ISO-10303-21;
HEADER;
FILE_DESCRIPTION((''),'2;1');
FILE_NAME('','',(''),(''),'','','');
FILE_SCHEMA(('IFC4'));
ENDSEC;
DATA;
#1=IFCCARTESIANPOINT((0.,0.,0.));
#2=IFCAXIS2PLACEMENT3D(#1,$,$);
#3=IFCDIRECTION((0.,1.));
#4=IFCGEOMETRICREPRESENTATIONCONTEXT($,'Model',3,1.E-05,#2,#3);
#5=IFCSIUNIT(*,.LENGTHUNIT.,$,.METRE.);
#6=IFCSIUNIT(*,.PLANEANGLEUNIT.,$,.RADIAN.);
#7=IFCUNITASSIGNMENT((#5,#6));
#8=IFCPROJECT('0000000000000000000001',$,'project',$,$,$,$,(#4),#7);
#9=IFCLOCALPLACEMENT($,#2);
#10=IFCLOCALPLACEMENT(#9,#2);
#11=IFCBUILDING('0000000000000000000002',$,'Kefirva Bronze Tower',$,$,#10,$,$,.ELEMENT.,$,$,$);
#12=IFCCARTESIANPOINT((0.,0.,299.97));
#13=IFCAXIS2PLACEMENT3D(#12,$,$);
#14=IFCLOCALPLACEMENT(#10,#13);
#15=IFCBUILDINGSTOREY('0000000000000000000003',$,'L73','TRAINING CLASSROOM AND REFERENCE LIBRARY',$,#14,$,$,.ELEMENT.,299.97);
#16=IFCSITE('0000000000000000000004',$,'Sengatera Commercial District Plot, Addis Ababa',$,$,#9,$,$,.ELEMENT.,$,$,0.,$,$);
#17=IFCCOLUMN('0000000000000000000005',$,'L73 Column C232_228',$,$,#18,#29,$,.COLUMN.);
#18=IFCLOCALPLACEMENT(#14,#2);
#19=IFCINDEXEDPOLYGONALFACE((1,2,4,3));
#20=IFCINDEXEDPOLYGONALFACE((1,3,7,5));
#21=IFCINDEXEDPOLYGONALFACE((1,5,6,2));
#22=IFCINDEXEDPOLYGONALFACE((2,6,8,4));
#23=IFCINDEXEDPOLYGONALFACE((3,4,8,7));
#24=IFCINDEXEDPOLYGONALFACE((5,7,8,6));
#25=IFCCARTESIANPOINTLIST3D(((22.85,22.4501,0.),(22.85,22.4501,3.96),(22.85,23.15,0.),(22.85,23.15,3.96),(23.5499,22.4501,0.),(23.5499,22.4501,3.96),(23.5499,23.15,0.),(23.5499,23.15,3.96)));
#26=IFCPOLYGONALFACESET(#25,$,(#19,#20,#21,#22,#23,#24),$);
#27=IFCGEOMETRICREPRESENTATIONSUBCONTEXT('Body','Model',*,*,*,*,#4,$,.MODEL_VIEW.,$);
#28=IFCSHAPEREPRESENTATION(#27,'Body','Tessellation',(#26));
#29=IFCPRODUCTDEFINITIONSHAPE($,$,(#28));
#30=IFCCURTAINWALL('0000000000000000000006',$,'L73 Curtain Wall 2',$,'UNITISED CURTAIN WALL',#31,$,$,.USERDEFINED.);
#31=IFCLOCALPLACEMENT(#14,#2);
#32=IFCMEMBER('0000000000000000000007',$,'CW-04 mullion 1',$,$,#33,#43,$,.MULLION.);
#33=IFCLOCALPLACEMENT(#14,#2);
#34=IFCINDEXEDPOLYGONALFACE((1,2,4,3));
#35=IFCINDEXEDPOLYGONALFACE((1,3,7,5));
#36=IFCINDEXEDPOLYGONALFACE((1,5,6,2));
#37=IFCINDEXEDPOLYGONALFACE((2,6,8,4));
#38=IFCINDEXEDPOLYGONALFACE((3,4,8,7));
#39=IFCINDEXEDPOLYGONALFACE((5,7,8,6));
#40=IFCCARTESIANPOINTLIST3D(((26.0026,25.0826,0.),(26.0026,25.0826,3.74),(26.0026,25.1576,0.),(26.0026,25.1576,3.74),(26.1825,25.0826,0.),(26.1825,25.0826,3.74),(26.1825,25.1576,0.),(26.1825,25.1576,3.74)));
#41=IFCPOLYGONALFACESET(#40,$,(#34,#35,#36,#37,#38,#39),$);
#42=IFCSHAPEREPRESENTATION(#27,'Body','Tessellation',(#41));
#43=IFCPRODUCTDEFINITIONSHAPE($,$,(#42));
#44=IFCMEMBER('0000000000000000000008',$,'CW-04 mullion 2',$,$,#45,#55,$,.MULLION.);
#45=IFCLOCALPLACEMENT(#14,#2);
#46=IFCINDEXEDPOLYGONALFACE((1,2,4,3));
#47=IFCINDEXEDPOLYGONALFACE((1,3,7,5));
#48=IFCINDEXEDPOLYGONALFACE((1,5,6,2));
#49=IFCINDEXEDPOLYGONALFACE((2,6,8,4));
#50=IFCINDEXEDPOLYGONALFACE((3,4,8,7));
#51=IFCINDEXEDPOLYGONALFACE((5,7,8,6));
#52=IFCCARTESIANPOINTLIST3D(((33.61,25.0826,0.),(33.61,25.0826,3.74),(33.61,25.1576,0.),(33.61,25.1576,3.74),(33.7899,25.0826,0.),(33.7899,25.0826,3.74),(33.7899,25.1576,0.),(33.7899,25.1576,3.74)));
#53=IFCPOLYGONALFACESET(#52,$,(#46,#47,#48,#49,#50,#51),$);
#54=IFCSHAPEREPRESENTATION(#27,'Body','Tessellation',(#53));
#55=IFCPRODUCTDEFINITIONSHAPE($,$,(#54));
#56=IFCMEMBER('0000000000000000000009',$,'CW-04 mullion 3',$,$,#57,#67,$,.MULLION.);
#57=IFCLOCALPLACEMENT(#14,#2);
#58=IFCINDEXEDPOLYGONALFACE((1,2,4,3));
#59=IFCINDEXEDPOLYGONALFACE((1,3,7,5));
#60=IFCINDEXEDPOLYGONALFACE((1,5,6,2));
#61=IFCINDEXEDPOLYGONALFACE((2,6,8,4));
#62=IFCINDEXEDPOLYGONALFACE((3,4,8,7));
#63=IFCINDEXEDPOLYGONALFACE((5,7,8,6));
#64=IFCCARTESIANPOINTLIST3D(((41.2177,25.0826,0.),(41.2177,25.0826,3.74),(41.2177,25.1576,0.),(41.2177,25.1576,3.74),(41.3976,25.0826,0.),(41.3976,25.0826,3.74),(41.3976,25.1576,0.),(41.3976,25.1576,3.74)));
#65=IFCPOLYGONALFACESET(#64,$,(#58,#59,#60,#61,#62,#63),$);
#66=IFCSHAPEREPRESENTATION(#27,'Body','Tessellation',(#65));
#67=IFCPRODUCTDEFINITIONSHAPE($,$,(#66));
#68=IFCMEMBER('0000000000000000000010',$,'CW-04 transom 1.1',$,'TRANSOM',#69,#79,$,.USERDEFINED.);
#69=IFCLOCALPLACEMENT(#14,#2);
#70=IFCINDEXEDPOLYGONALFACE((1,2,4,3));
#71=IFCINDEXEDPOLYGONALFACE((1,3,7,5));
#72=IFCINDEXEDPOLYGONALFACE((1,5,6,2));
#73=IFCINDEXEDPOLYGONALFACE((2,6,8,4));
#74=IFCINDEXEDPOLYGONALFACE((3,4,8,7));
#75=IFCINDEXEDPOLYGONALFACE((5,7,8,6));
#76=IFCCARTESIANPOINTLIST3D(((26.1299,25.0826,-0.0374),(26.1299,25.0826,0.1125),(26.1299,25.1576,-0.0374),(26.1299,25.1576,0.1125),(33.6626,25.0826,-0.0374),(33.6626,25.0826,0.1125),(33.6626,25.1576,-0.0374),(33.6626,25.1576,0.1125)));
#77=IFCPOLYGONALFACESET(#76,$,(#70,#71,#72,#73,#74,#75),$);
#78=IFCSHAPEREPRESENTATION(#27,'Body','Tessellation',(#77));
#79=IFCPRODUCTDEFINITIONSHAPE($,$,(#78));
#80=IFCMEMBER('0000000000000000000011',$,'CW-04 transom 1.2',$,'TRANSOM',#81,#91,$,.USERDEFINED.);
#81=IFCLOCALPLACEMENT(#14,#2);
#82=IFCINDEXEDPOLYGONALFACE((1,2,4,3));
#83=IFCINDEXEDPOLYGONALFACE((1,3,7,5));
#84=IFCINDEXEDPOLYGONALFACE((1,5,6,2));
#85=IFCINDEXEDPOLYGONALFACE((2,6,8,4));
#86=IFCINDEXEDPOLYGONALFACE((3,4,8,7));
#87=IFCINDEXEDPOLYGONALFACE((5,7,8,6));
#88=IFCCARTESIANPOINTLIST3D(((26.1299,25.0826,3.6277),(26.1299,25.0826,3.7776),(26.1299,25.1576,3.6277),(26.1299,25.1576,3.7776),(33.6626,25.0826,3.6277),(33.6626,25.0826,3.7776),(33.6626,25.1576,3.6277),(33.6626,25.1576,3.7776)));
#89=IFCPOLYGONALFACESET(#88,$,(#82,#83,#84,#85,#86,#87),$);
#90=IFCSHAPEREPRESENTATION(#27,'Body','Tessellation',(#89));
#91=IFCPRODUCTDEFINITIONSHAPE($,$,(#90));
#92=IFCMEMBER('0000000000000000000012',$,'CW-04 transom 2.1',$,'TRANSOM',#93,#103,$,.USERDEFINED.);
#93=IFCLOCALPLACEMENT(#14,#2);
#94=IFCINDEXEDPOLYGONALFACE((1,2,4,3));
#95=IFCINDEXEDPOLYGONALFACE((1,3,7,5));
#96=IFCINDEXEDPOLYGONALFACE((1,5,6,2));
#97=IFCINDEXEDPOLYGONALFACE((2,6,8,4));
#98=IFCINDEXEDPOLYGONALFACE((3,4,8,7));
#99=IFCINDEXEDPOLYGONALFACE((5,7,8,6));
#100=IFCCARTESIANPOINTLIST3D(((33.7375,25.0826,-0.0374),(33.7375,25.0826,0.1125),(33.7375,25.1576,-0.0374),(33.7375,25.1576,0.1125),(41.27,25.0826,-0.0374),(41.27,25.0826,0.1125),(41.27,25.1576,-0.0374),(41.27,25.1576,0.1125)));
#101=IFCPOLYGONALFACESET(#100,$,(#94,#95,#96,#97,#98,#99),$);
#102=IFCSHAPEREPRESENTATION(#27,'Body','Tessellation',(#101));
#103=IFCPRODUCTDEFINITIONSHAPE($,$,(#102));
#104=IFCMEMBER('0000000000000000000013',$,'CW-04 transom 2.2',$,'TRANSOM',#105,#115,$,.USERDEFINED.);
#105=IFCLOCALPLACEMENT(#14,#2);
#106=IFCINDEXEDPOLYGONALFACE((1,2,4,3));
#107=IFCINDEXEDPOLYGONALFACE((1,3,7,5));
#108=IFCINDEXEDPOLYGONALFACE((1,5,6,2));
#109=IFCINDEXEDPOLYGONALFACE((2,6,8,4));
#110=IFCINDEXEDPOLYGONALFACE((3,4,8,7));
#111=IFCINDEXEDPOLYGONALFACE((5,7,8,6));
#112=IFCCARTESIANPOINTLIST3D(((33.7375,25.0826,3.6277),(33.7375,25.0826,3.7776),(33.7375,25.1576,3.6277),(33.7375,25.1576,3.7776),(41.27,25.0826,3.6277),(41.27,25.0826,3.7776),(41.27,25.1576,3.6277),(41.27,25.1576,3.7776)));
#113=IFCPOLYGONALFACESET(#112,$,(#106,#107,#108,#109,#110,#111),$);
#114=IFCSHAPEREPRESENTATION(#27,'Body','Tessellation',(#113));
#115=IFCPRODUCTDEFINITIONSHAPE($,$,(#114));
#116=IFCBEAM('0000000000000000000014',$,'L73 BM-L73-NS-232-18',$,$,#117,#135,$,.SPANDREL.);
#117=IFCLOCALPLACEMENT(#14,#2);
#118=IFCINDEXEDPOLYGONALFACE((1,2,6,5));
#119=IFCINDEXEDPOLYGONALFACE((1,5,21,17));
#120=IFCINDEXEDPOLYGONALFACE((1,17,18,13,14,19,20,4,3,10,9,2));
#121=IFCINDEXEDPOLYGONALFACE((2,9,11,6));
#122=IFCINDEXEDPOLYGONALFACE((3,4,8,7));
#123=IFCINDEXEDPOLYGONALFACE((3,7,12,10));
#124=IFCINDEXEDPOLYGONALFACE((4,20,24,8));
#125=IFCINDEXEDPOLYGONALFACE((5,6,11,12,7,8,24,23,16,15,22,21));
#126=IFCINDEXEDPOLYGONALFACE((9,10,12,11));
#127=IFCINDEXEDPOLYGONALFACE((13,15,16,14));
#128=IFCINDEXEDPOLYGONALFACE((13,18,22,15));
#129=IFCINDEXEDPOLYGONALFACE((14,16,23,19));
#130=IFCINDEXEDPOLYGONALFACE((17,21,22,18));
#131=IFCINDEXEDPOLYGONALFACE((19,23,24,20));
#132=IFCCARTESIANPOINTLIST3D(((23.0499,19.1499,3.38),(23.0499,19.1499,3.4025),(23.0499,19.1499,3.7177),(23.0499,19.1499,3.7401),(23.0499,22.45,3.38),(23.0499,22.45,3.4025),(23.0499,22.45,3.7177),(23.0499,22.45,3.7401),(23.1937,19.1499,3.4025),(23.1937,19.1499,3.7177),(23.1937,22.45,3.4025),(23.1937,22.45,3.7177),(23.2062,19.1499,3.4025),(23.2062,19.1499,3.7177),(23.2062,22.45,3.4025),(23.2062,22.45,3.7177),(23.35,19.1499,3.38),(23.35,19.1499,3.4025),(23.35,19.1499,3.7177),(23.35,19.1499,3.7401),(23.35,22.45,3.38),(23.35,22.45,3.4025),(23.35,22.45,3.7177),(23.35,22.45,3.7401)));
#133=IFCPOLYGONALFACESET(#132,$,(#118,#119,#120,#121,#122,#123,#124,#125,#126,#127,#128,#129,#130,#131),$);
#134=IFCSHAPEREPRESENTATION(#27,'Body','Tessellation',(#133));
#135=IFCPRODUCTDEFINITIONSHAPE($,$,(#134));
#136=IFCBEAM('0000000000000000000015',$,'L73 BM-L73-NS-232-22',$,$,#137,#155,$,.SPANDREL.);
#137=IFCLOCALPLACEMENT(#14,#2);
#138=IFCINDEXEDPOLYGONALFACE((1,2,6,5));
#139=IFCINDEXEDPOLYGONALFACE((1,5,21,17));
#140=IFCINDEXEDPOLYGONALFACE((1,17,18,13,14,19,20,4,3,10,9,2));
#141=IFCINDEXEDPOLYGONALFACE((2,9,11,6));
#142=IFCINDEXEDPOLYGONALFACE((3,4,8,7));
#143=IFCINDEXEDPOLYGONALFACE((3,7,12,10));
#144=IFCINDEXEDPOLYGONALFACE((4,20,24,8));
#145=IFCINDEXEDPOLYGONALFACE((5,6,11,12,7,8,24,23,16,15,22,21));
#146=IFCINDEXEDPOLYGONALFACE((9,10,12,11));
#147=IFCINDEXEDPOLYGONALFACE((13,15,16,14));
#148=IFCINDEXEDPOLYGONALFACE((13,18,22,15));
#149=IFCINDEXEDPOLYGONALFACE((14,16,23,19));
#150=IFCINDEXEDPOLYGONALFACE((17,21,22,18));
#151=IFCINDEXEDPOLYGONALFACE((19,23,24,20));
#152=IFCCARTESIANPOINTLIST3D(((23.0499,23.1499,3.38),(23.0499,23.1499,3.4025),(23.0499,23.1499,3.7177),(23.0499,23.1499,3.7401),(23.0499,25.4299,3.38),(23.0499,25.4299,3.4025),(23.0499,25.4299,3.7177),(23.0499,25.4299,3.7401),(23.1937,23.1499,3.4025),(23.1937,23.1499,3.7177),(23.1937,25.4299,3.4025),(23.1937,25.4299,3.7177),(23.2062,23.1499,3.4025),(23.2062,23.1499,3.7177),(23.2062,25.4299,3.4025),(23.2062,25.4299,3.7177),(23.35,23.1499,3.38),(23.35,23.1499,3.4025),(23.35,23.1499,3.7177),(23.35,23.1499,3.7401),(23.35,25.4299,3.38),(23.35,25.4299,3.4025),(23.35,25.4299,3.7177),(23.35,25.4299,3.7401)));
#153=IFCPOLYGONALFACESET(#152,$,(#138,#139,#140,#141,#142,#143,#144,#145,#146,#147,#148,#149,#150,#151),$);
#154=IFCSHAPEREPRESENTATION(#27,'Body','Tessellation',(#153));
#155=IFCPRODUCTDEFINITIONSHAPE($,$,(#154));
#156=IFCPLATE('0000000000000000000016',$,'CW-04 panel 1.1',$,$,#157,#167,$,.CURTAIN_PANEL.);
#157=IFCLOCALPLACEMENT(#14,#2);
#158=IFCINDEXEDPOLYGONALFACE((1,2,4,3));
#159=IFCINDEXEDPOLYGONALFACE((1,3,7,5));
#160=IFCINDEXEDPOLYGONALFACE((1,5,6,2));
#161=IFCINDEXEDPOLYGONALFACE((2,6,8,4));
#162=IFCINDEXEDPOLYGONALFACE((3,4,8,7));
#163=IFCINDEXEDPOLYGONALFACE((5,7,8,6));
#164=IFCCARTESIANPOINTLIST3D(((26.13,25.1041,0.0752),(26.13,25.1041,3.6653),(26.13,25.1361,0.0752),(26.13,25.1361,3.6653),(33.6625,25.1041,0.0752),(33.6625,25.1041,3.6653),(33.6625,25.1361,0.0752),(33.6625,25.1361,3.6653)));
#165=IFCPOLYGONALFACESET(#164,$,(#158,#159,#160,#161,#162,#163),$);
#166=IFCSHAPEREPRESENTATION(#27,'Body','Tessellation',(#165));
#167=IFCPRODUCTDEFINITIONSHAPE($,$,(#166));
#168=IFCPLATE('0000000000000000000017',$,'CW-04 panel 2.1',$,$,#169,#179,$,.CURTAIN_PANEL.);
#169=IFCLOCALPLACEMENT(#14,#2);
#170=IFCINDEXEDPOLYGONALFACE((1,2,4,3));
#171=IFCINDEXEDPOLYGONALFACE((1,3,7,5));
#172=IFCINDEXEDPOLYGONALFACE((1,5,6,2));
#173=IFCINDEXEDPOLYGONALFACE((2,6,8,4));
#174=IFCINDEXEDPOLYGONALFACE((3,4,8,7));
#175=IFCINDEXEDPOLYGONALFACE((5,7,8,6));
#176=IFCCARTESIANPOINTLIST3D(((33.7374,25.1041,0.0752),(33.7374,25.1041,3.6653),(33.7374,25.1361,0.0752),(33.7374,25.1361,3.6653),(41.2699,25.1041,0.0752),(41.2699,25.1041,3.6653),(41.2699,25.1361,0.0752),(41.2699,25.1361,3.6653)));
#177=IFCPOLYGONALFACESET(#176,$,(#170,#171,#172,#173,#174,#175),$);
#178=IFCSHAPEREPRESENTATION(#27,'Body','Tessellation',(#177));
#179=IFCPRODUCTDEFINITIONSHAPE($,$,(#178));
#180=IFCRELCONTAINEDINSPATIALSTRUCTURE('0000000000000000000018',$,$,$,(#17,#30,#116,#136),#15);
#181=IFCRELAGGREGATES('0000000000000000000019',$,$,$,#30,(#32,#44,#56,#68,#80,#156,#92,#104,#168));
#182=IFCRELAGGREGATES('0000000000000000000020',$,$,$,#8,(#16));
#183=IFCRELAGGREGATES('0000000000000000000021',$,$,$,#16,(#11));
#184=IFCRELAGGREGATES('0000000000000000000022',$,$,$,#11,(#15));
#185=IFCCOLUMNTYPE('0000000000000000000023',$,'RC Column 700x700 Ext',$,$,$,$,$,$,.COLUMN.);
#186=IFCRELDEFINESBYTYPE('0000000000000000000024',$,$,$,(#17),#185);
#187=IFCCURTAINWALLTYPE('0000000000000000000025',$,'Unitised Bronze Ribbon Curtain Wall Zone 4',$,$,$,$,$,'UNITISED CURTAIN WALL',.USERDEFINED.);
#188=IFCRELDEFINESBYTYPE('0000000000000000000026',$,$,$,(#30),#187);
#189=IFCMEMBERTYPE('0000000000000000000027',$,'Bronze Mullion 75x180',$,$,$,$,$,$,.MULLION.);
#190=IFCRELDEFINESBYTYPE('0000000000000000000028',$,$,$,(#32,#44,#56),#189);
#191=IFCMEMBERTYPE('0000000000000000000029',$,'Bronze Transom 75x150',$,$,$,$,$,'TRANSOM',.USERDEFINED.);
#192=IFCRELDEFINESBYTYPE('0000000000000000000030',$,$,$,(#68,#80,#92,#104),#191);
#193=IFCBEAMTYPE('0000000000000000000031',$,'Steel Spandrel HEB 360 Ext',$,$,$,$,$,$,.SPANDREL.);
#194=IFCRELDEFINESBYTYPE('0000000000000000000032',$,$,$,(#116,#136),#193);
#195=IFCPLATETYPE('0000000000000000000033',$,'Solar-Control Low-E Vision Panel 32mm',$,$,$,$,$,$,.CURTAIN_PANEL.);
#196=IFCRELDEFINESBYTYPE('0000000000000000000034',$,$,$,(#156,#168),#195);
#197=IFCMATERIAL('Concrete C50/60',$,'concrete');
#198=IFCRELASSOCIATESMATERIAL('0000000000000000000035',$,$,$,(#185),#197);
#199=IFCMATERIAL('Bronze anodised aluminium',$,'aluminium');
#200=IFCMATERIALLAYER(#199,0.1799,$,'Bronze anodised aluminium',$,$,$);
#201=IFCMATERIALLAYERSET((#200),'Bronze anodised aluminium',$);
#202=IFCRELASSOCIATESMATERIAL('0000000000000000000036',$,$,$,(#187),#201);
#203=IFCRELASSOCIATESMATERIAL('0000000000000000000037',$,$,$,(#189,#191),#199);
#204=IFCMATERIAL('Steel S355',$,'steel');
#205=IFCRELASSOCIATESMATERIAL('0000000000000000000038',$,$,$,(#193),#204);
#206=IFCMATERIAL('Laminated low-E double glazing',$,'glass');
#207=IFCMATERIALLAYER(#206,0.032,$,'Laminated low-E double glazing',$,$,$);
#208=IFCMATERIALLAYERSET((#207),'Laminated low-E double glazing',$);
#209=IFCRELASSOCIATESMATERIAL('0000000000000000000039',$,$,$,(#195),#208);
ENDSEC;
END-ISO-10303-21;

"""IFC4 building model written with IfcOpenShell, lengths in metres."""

from ifc_helpers import new_model, si_unit, direction, frame, origin, origin_2d, place, context, subcontext, project, spatial, rectangle, i_section, extrude, material, layer, layer_set, material_profile, profile_set, type_object, element, aggregate, save


model = new_model("IFC4")

# Units and contexts
model_context = context("Model", 3, precision=1e-05, world=origin(), true_north=direction((0.0, 1.0)))
body_context = subcontext(model_context, "Body", "Model", "MODEL_VIEW")
ifc_project = project(units=[si_unit("LENGTHUNIT", "METRE"), si_unit("PLANEANGLEUNIT", "RADIAN")], contexts=[model_context])

# Site, building, storey
site_placement = place(None, origin())
site = spatial("IfcSite", under=ifc_project, at=site_placement, Name="Sengatera Commercial District Plot, Addis Ababa", CompositionType="ELEMENT", RefElevation=0.0)
building_placement = place(site_placement, origin())
building = spatial("IfcBuilding", under=site, at=building_placement, Name="Kefirva Bronze Tower", CompositionType="ELEMENT")
storey_placement = place(building_placement, frame((0.0, 0.0, 299.97)))
storey = spatial("IfcBuildingStorey", under=building, at=storey_placement, Name="L73", Description="TRAINING CLASSROOM AND REFERENCE LIBRARY", CompositionType="ELEMENT", Elevation=299.97)

# Column
ifc_material_1 = material(Name="Concrete C50/60", Category="concrete")
ifc_material_profile_1 = material_profile(ifc_material_1, rectangle(XDim=0.7, YDim=0.7, at=origin_2d()), Name="RC 700x700")
ifc_profile_set_1 = profile_set([ifc_material_profile_1], Name="Concrete C50/60")
column_type = type_object("IfcColumnType", Name="RC Column 700x700 Ext", PredefinedType="COLUMN", material=ifc_profile_set_1)
column_placement = place(storey_placement, frame((23.2, 22.8, 0.0), z_axis=(0.0, 0.0, 1.0), x_axis=(1.0, 0.0, 0.0)))
element("IfcColumn", 1, at=column_placement, inside=storey, type_object=column_type, Name="L73 Column C232_228", PredefinedType="COLUMN", context=body_context, shape_type="SweptSolid", body=[
    extrude(rectangle(XDim=0.7, YDim=0.7, at=origin_2d()), origin(), (0.0, 0.0, 1.0), 3.96),
])

# Curtain wall, members
ifc_material_2 = material(Name="Bronze anodised aluminium", Category="aluminium")
ifc_layer_1 = layer(ifc_material_2, 0.1799, Name="Bronze anodised aluminium")
ifc_layer_set_1 = layer_set([ifc_layer_1], Name="Bronze anodised aluminium")
curtain_wall_type = type_object("IfcCurtainWallType", Name="Unitised Bronze Ribbon Curtain Wall Zone 4", ElementType="UNITISED CURTAIN WALL", PredefinedType="USERDEFINED", material=ifc_layer_set_1)
curtain_wall_placement = place(storey_placement, origin())
curtain_wall = element("IfcCurtainWall", 2, at=curtain_wall_placement, inside=storey, type_object=curtain_wall_type, Name="L73 Curtain Wall 2", ObjectType="UNITISED CURTAIN WALL", PredefinedType="USERDEFINED")
ifc_material_profile_2 = material_profile(ifc_material_2, rectangle(XDim=0.075, YDim=0.1799, at=origin_2d()), Name="ALU 75x180")
ifc_profile_set_2 = profile_set([ifc_material_profile_2], Name="Bronze anodised aluminium")
member_type_1 = type_object("IfcMemberType", Name="Bronze Mullion 75x180", PredefinedType="MULLION", material=ifc_profile_set_2)
member_1_placement = place(storey_placement, frame((26.0925, 25.1201, 0.0), z_axis=(0.0, 0.0, 1.0), x_axis=(0.0, 1.0, 0.0)))
member_1 = element("IfcMember", 3, at=member_1_placement, type_object=member_type_1, Name="CW-04 mullion 1", PredefinedType="MULLION", context=body_context, shape_type="SweptSolid", body=[
    extrude(rectangle(XDim=0.075, YDim=0.1799, at=origin_2d()), origin(), (0.0, 0.0, 1.0), 3.74),
])
member_2_placement = place(storey_placement, frame((33.7, 25.1201, 0.0), z_axis=(0.0, 0.0, 1.0), x_axis=(0.0, 1.0, 0.0)))
member_2 = element("IfcMember", 4, at=member_2_placement, type_object=member_type_1, Name="CW-04 mullion 2", PredefinedType="MULLION", context=body_context, shape_type="SweptSolid", body=[
    extrude(rectangle(XDim=0.075, YDim=0.1799, at=origin_2d()), origin(), (0.0, 0.0, 1.0), 3.74),
])
member_3_placement = place(storey_placement, frame((41.3076, 25.1201, 0.0), z_axis=(0.0, 0.0, 1.0), x_axis=(0.0, 1.0, 0.0)))
member_3 = element("IfcMember", 5, at=member_3_placement, type_object=member_type_1, Name="CW-04 mullion 3", PredefinedType="MULLION", context=body_context, shape_type="SweptSolid", body=[
    extrude(rectangle(XDim=0.075, YDim=0.1799, at=origin_2d()), origin(), (0.0, 0.0, 1.0), 3.74),
])
ifc_material_profile_3 = material_profile(ifc_material_2, rectangle(XDim=0.075, YDim=0.1499, at=origin_2d()), Name="ALU 75x150")
ifc_profile_set_3 = profile_set([ifc_material_profile_3], Name="Bronze anodised aluminium")
member_type_2 = type_object("IfcMemberType", Name="Bronze Transom 75x150", ElementType="TRANSOM", PredefinedType="USERDEFINED", material=ifc_profile_set_3)
member_4_placement = place(storey_placement, frame((26.1299, 25.1201, 0.0376), z_axis=(1.0, 0.0, 0.0), x_axis=(0.0, 1.0, 0.0)))
member_4 = element("IfcMember", 6, at=member_4_placement, type_object=member_type_2, Name="CW-04 transom 1.1", ObjectType="TRANSOM", PredefinedType="USERDEFINED", context=body_context, shape_type="SweptSolid", body=[
    extrude(rectangle(XDim=0.075, YDim=0.1499, at=origin_2d()), origin(), (0.0, 0.0, 1.0), 7.5327),
])
member_5_placement = place(storey_placement, frame((26.1299, 25.1201, 3.7026), z_axis=(1.0, 0.0, 0.0), x_axis=(0.0, 1.0, 0.0)))
member_5 = element("IfcMember", 7, at=member_5_placement, type_object=member_type_2, Name="CW-04 transom 1.2", ObjectType="TRANSOM", PredefinedType="USERDEFINED", context=body_context, shape_type="SweptSolid", body=[
    extrude(rectangle(XDim=0.075, YDim=0.1499, at=origin_2d()), origin(), (0.0, 0.0, 1.0), 7.5327),
])
member_6_placement = place(storey_placement, frame((33.7375, 25.1201, 0.0376), z_axis=(1.0, 0.0, 0.0), x_axis=(0.0, 1.0, 0.0)))
member_6 = element("IfcMember", 8, at=member_6_placement, type_object=member_type_2, Name="CW-04 transom 2.1", ObjectType="TRANSOM", PredefinedType="USERDEFINED", context=body_context, shape_type="SweptSolid", body=[
    extrude(rectangle(XDim=0.075, YDim=0.1499, at=origin_2d()), origin(), (0.0, 0.0, 1.0), 7.5325),
])
member_7_placement = place(storey_placement, frame((33.7375, 25.1201, 3.7026), z_axis=(1.0, 0.0, 0.0), x_axis=(0.0, 1.0, 0.0)))
member_7 = element("IfcMember", 9, at=member_7_placement, type_object=member_type_2, Name="CW-04 transom 2.2", ObjectType="TRANSOM", PredefinedType="USERDEFINED", context=body_context, shape_type="SweptSolid", body=[
    extrude(rectangle(XDim=0.075, YDim=0.1499, at=origin_2d()), origin(), (0.0, 0.0, 1.0), 7.5325),
])

# Beams
ifc_material_3 = material(Name="Steel S355", Category="steel")
ifc_material_profile_4 = material_profile(ifc_material_3, i_section(OverallWidth=0.3, OverallDepth=0.3601, WebThickness=0.0125, FlangeThickness=0.0225, at=origin_2d()), Name="HEB 360")
ifc_profile_set_4 = profile_set([ifc_material_profile_4], Name="Steel S355")
beam_type = type_object("IfcBeamType", Name="Steel Spandrel HEB 360 Ext", PredefinedType="SPANDREL", material=ifc_profile_set_4)
beam_1_placement = place(storey_placement, frame((23.2, 19.1499, 3.5601), z_axis=(0.0, 1.0, 0.0), x_axis=(-1.0, 0.0, 0.0)))
element("IfcBeam", 10, at=beam_1_placement, inside=storey, type_object=beam_type, Name="L73 BM-L73-NS-232-18", PredefinedType="SPANDREL", context=body_context, shape_type="SweptSolid", body=[
    extrude(i_section(OverallWidth=0.3, OverallDepth=0.3601, WebThickness=0.0125, FlangeThickness=0.0225, at=origin_2d()), origin(), (0.0, 0.0, 1.0), 3.3),
])
beam_2_placement = place(storey_placement, frame((23.2, 23.1499, 3.5601), z_axis=(0.0, 1.0, 0.0), x_axis=(-1.0, 0.0, 0.0)))
element("IfcBeam", 11, at=beam_2_placement, inside=storey, type_object=beam_type, Name="L73 BM-L73-NS-232-22", PredefinedType="SPANDREL", context=body_context, shape_type="SweptSolid", body=[
    extrude(i_section(OverallWidth=0.3, OverallDepth=0.3601, WebThickness=0.0125, FlangeThickness=0.0225, at=origin_2d()), origin(), (0.0, 0.0, 1.0), 2.28),
])

# Plates
ifc_material_4 = material(Name="Laminated low-E double glazing", Category="glass")
ifc_layer_2 = layer(ifc_material_4, 0.032, Name="Laminated low-E double glazing")
ifc_layer_set_2 = layer_set([ifc_layer_2], Name="Laminated low-E double glazing")
plate_type = type_object("IfcPlateType", Name="Solar-Control Low-E Vision Panel 32mm", PredefinedType="CURTAIN_PANEL", material=ifc_layer_set_2)
plate_1_placement = place(storey_placement, frame((29.8962, 25.1201, 0.0752), z_axis=(0.0, 0.0, 1.0), x_axis=(1.0, 0.0, 0.0)))
plate_1 = element("IfcPlate", 12, at=plate_1_placement, type_object=plate_type, Name="CW-04 panel 1.1", PredefinedType="CURTAIN_PANEL", context=body_context, shape_type="SweptSolid", body=[
    extrude(rectangle(XDim=7.5325, YDim=0.032, at=origin_2d()), origin(), (0.0, 0.0, 1.0), 3.5901),
])
plate_2_placement = place(storey_placement, frame((37.5037, 25.1201, 0.0752), z_axis=(0.0, 0.0, 1.0), x_axis=(1.0, 0.0, 0.0)))
plate_2 = element("IfcPlate", 13, at=plate_2_placement, type_object=plate_type, Name="CW-04 panel 2.1", PredefinedType="CURTAIN_PANEL", context=body_context, shape_type="SweptSolid", body=[
    extrude(rectangle(XDim=7.5325, YDim=0.032, at=origin_2d()), origin(), (0.0, 0.0, 1.0), 3.5901),
])
aggregate(curtain_wall, [member_1, member_2, member_3, member_4, member_5, plate_1, member_6, member_7, plate_2])

save(model, "model.ifc")
